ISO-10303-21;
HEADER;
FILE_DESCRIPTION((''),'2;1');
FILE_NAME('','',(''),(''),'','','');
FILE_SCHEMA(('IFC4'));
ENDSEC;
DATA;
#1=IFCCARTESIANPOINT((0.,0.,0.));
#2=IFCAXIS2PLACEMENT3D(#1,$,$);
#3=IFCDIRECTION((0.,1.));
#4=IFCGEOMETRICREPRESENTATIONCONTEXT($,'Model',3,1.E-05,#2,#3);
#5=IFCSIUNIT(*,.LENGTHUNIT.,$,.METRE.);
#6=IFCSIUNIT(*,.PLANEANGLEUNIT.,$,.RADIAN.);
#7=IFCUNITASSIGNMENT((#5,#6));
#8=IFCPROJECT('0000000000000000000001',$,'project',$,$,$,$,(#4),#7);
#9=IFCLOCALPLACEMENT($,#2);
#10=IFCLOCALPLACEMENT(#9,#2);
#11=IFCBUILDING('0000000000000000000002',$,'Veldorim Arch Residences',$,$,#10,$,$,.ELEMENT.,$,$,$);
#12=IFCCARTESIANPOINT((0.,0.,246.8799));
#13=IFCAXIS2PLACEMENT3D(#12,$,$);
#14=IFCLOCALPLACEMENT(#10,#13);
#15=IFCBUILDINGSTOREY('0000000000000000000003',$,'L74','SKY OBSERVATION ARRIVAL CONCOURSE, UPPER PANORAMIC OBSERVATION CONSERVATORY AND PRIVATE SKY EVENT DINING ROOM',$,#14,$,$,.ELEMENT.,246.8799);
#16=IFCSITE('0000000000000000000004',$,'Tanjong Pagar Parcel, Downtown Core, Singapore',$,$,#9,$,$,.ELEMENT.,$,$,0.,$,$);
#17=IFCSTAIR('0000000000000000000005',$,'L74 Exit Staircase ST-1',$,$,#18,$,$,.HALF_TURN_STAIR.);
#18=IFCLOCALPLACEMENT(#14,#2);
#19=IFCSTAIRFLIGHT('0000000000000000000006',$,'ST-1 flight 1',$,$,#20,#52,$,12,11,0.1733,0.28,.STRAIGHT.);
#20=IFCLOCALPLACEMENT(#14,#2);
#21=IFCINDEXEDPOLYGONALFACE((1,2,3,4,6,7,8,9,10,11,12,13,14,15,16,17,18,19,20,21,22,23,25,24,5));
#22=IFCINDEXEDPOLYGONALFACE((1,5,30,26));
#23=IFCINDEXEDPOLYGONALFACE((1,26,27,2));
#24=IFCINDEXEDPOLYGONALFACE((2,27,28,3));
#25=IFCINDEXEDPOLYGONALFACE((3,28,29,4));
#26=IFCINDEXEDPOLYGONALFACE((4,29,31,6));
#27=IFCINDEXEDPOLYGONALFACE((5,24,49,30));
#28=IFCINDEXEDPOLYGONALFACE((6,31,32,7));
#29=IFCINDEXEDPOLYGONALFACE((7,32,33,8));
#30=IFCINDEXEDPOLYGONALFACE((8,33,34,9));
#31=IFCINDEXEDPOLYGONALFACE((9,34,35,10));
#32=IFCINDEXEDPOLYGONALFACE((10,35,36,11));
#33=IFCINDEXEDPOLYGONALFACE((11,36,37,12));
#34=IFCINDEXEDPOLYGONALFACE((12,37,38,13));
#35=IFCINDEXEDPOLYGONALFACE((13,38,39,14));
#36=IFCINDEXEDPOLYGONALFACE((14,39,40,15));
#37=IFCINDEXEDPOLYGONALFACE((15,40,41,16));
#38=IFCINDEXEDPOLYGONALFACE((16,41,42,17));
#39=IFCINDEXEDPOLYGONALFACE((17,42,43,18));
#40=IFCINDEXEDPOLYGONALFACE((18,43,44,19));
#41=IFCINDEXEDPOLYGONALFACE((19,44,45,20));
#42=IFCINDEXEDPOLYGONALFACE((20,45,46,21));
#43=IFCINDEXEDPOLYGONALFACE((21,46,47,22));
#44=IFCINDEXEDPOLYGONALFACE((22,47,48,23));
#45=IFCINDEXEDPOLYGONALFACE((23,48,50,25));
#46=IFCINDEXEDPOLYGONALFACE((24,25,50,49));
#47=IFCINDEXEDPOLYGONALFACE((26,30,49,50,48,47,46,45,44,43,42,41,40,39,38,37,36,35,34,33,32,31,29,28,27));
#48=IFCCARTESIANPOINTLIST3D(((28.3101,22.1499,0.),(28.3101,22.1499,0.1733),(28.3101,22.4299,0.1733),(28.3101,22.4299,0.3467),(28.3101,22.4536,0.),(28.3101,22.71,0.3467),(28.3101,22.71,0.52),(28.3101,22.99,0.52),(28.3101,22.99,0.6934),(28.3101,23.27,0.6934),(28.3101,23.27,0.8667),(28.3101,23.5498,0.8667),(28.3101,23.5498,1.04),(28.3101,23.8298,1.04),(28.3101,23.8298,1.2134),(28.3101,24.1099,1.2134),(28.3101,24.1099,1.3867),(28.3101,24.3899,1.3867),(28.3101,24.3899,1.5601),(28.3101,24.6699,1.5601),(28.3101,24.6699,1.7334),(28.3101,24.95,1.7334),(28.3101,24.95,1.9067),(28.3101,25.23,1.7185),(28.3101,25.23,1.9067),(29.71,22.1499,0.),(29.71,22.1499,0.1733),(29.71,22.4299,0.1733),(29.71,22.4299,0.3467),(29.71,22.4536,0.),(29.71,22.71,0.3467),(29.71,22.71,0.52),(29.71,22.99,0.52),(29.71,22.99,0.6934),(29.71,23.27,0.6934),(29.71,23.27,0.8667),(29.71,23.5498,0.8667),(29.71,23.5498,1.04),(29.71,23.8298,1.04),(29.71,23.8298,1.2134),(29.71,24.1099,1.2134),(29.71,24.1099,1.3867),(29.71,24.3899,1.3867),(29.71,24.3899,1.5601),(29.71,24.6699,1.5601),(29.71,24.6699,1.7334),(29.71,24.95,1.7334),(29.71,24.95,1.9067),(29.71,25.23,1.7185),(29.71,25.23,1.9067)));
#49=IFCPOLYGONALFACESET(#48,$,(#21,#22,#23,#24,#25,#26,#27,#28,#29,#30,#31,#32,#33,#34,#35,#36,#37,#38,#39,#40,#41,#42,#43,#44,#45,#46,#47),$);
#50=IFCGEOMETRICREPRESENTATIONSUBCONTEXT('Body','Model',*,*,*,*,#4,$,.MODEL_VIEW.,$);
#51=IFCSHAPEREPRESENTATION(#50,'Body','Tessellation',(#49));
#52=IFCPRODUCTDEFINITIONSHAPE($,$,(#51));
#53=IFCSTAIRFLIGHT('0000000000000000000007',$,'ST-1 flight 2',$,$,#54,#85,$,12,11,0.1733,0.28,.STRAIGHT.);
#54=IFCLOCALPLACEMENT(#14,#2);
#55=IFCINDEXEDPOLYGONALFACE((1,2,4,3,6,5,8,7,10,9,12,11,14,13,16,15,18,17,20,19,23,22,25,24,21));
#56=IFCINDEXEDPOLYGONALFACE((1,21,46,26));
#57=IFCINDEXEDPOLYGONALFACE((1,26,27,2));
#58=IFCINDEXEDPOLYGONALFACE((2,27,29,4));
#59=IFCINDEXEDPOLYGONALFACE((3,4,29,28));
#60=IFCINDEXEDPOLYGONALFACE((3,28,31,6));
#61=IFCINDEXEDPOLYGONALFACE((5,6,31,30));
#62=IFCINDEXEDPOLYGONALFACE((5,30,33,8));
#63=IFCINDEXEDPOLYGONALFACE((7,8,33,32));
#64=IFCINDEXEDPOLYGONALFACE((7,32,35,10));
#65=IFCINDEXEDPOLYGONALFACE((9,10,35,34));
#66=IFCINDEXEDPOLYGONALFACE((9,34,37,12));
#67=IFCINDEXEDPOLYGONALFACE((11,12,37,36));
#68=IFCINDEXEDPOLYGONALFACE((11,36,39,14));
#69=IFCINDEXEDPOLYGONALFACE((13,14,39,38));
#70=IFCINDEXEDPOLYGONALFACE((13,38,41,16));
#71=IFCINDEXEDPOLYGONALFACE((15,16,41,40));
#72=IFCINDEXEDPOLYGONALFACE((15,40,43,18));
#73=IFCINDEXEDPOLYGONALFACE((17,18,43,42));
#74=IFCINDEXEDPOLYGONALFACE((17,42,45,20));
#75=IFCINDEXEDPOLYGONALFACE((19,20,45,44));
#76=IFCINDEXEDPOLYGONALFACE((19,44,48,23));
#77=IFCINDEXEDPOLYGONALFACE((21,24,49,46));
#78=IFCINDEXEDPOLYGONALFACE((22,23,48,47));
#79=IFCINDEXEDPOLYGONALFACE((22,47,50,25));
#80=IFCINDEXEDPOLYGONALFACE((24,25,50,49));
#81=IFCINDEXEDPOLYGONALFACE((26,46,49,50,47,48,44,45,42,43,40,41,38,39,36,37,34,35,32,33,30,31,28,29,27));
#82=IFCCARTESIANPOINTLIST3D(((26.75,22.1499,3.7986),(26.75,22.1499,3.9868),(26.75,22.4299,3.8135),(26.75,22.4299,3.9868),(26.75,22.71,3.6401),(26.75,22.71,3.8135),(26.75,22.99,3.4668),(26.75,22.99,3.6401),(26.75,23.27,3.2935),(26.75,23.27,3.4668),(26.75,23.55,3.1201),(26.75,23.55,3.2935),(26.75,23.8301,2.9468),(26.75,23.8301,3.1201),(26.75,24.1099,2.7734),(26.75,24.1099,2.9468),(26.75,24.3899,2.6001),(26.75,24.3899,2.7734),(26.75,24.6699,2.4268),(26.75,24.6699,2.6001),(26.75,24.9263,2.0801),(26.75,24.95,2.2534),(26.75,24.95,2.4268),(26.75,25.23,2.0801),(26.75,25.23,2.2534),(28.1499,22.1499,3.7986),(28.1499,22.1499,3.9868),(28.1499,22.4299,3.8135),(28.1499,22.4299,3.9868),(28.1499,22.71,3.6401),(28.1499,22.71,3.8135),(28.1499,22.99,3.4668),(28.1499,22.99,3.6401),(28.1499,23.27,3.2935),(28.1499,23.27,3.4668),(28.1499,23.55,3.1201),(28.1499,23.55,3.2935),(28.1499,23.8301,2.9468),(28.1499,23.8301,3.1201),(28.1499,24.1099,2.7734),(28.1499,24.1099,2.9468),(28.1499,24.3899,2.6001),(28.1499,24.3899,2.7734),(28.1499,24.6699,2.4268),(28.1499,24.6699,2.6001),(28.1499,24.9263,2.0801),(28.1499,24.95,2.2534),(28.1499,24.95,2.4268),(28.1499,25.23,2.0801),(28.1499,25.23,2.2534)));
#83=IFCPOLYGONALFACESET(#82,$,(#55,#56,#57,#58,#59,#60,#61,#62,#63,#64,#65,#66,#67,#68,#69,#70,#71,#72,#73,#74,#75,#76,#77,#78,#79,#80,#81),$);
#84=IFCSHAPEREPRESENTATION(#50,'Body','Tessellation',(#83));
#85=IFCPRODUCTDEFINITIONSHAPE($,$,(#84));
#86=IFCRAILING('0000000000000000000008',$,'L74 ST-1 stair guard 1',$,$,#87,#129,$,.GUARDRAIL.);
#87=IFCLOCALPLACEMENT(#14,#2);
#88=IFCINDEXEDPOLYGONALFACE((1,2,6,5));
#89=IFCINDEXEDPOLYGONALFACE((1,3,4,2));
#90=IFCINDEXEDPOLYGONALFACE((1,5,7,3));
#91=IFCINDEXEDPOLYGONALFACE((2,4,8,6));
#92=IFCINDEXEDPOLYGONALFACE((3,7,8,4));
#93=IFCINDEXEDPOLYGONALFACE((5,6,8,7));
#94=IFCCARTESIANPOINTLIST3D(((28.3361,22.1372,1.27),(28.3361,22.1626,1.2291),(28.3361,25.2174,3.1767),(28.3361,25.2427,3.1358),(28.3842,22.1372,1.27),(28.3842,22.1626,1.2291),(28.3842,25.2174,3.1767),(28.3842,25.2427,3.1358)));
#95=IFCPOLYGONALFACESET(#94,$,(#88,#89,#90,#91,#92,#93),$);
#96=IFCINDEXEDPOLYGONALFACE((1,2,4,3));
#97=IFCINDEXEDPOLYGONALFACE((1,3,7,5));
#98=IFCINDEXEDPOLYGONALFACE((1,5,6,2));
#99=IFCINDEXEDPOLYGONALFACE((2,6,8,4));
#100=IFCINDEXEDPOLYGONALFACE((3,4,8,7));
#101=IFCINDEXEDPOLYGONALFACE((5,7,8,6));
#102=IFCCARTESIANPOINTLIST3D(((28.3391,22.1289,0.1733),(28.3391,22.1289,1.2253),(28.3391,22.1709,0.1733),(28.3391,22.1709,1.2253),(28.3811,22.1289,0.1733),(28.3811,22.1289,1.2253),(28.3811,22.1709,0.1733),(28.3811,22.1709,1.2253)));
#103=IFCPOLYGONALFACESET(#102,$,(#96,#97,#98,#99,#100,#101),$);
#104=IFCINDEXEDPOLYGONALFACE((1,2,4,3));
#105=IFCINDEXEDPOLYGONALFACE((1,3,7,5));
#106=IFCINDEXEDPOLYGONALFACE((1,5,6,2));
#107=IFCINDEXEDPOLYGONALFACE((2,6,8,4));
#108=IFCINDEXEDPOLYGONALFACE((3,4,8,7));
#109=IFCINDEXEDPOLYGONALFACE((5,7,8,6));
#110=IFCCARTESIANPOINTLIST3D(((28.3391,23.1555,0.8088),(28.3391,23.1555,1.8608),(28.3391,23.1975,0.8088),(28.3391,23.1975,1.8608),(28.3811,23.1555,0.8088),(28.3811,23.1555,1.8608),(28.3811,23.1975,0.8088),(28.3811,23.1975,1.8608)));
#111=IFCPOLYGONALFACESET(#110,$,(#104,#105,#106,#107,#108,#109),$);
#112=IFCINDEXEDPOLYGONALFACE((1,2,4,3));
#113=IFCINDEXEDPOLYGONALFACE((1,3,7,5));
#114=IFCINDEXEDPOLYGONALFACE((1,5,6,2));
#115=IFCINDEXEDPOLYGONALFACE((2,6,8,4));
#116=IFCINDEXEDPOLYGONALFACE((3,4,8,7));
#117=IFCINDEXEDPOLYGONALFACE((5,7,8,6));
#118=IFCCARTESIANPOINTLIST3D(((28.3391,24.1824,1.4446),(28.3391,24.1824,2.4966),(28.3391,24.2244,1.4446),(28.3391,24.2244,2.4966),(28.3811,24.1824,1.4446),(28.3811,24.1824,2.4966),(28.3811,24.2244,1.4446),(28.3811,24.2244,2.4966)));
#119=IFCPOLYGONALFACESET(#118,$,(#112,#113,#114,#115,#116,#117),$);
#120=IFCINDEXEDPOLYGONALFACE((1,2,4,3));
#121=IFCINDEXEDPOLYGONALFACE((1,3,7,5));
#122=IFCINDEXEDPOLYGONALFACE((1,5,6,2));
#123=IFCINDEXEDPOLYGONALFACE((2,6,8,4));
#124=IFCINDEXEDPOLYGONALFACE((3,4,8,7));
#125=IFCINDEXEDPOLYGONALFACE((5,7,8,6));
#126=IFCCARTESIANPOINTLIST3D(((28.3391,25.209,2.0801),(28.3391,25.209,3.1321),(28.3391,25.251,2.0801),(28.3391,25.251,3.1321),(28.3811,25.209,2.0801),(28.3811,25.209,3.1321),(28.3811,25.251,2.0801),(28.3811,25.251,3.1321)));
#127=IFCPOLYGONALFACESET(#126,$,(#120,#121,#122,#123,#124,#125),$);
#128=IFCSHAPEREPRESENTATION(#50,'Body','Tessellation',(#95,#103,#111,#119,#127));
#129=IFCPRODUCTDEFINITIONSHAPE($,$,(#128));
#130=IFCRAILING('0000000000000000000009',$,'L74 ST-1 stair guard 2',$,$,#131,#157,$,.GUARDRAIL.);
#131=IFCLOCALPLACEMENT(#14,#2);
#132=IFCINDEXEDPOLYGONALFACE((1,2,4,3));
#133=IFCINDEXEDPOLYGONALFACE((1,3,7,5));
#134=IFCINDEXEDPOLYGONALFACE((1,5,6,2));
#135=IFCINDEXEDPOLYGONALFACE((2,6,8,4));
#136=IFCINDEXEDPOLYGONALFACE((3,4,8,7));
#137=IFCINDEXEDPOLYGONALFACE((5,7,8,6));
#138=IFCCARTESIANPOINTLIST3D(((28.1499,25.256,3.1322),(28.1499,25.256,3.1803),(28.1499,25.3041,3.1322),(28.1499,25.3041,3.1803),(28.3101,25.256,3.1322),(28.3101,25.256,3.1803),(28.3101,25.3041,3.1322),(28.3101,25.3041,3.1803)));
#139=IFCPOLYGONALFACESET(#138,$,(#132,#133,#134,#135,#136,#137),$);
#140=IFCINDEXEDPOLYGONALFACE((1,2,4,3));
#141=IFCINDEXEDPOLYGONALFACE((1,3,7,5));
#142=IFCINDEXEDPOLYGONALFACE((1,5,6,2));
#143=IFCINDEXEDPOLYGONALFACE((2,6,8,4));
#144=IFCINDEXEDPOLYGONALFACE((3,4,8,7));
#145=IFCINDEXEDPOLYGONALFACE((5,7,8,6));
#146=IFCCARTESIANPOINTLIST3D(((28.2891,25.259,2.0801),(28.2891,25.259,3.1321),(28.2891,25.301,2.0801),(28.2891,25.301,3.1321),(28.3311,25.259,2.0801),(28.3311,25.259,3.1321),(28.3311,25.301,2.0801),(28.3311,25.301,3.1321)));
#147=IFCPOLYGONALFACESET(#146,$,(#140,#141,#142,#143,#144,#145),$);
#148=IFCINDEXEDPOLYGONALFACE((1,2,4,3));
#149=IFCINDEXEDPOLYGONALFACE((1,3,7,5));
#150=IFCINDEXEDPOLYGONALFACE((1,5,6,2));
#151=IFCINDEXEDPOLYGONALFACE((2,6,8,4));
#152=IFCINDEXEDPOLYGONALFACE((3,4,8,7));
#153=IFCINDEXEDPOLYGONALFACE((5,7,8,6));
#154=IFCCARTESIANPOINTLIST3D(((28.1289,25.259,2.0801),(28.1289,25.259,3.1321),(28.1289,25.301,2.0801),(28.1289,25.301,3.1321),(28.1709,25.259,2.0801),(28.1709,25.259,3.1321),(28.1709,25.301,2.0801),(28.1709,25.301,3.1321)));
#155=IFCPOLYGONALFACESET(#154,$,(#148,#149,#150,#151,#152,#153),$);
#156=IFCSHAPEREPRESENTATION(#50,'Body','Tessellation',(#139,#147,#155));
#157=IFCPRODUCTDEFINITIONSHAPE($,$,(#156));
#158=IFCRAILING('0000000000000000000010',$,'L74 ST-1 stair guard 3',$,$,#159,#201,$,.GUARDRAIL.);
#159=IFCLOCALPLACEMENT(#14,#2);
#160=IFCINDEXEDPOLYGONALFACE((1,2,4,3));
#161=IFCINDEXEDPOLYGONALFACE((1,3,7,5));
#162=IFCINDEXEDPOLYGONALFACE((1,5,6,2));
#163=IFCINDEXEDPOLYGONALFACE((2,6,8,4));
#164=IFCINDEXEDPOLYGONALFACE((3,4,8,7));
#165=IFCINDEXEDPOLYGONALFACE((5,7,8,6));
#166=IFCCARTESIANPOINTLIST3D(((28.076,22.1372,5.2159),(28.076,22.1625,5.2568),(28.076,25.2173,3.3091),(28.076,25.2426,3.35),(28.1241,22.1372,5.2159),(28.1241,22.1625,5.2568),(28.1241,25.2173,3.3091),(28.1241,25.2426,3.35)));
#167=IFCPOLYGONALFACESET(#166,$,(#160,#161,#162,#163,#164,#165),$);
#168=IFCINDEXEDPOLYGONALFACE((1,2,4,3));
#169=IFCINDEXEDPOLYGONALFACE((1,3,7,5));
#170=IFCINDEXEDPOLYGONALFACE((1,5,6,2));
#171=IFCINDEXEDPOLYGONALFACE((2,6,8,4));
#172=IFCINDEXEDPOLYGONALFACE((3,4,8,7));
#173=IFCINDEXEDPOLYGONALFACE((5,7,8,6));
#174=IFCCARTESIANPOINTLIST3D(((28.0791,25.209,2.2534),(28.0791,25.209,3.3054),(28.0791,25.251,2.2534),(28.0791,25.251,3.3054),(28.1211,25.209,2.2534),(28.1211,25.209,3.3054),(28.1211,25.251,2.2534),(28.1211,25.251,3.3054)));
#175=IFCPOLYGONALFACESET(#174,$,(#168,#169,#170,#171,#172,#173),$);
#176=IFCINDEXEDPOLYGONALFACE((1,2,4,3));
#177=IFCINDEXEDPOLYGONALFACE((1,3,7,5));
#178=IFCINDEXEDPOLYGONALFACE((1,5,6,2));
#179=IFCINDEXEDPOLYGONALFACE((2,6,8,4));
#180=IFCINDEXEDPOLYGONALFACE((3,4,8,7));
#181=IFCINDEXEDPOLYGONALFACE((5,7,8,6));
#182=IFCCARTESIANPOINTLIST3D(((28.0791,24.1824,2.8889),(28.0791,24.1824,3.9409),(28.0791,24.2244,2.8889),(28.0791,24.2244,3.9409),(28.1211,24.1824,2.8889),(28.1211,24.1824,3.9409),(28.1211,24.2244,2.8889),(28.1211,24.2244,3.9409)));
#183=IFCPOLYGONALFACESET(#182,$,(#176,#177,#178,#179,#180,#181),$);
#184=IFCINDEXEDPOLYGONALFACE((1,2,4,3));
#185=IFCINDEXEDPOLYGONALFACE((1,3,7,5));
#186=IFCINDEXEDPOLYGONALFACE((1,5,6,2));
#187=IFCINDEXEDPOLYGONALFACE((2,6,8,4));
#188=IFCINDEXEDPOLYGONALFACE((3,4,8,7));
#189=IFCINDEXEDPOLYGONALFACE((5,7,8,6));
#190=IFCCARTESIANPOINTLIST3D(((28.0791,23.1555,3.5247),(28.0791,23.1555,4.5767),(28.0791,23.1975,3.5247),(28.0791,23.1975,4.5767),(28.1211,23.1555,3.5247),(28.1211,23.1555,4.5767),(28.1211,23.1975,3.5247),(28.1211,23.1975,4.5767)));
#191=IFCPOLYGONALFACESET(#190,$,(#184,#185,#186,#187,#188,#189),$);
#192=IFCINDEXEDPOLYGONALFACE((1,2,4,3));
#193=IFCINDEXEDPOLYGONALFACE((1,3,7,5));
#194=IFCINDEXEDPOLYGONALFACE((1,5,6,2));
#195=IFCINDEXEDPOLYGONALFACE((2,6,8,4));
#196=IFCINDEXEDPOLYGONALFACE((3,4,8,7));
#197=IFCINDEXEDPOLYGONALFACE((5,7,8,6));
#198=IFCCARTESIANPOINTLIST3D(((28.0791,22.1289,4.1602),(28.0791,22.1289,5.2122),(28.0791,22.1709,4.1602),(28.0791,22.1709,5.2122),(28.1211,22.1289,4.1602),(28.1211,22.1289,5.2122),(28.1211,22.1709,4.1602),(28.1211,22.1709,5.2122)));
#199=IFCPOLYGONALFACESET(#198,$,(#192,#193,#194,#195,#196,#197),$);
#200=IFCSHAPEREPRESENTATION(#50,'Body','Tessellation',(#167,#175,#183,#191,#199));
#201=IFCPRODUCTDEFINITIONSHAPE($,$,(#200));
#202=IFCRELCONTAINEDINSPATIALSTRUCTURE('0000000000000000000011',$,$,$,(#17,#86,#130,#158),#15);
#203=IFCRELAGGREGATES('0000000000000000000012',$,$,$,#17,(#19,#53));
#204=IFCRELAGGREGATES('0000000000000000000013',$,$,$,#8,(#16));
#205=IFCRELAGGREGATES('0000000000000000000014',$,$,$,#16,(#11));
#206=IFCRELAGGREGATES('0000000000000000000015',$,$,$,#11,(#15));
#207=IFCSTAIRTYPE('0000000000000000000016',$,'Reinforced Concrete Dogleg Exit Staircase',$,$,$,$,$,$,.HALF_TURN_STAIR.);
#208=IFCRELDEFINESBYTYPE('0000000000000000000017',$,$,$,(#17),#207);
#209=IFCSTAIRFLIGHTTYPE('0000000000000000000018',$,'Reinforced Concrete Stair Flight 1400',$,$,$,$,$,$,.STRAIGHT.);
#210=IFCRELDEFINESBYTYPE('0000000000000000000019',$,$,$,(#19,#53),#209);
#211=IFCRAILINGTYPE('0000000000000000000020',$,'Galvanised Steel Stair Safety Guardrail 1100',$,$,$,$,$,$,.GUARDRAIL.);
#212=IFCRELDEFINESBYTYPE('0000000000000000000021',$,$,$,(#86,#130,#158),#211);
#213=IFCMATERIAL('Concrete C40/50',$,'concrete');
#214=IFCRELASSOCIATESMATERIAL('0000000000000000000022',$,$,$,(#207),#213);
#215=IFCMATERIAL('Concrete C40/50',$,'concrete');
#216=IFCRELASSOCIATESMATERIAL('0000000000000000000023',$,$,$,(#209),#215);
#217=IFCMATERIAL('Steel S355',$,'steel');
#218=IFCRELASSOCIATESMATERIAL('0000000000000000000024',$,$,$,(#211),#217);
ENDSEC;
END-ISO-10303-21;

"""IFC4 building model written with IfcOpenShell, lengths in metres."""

from ifc_helpers import new_model, si_unit, direction, frame, origin, origin_2d, place, context, subcontext, project, spatial, polyline, rectangle, outline, extrude, material, type_object, element, aggregate, save


model = new_model("IFC4")

# Units and contexts
model_context = context("Model", 3, precision=1e-05, world=origin(), true_north=direction((0.0, 1.0)))
body_context = subcontext(model_context, "Body", "Model", "MODEL_VIEW")
ifc_project = project(units=[si_unit("LENGTHUNIT", "METRE"), si_unit("PLANEANGLEUNIT", "RADIAN")], contexts=[model_context])

# Site, building, storey
site_placement = place(None, origin())
site = spatial("IfcSite", under=ifc_project, at=site_placement, Name="Tanjong Pagar Parcel, Downtown Core, Singapore", CompositionType="ELEMENT", RefElevation=0.0)
building_placement = place(site_placement, origin())
building = spatial("IfcBuilding", under=site, at=building_placement, Name="Veldorim Arch Residences", CompositionType="ELEMENT")
storey_placement = place(building_placement, frame((0.0, 0.0, 246.8799)))
storey = spatial("IfcBuildingStorey", under=building, at=storey_placement, Name="L74", Description="SKY OBSERVATION ARRIVAL CONCOURSE, UPPER PANORAMIC OBSERVATION CONSERVATORY AND PRIVATE SKY EVENT DINING ROOM", CompositionType="ELEMENT", Elevation=246.8799)

# Stair, stair flights
ifc_material_1 = material(Name="Concrete C40/50", Category="concrete")
stair_type = type_object("IfcStairType", Name="Reinforced Concrete Dogleg Exit Staircase", PredefinedType="HALF_TURN_STAIR", material=ifc_material_1)
stair_placement = place(storey_placement, origin())
stair = element("IfcStair", 1, at=stair_placement, inside=storey, type_object=stair_type, Name="L74 Exit Staircase ST-1", PredefinedType="HALF_TURN_STAIR")
ifc_material_2 = material(Name="Concrete C40/50", Category="concrete")
stair_flight_type = type_object("IfcStairFlightType", Name="Reinforced Concrete Stair Flight 1400", PredefinedType="STRAIGHT", material=ifc_material_2)
stair_flight_1_placement = place(storey_placement, frame((29.01, 22.1499, 0.0), z_axis=(0.0, 0.0, 1.0), x_axis=(0.0, 1.0, 0.0)))
stair_flight_1 = element("IfcStairFlight", 2, at=stair_flight_1_placement, type_object=stair_flight_type, Name="ST-1 flight 1", NumberOfRisers=12, NumberOfTreads=11, PredefinedType="STRAIGHT", RiserHeight=0.1733, TreadLength=0.28, context=body_context, shape_type="SweptSolid", body=[
    extrude(outline(polyline([(0.0, 0.0), (0.0, 0.1733), (0.28, 0.1733), (0.28, 0.3467), (0.5601, 0.3467), (0.5601, 0.52), (0.8401, 0.52), (0.8401, 0.6934), (1.1201, 0.6934), (1.1201, 0.8667), (1.3999, 0.8667), (1.3999, 1.04), (1.6799, 1.04), (1.6799, 1.2134), (1.96, 1.2134), (1.96, 1.3867), (2.24, 1.3867), (2.24, 1.5601), (2.52, 1.5601), (2.52, 1.7334), (2.8, 1.7334), (2.8, 1.9067), (3.0801, 1.9067), (3.0801, 2.0801), (3.0801, 1.7185), (0.3037, 0.0), (0.0, 0.0)])), frame((0.0, 0.7, 0.0), z_axis=(0.0, -1.0, 0.0), x_axis=(1.0, 0.0, 0.0)), (0.0, 0.0, 1.0), 1.3999),
])
stair_flight_2_placement = place(storey_placement, frame((27.45, 25.23, 2.0801), z_axis=(0.0, 0.0, 1.0), x_axis=(0.0, -1.0, 0.0)))
stair_flight_2 = element("IfcStairFlight", 3, at=stair_flight_2_placement, type_object=stair_flight_type, Name="ST-1 flight 2", NumberOfRisers=12, NumberOfTreads=11, PredefinedType="STRAIGHT", RiserHeight=0.1733, TreadLength=0.28, context=body_context, shape_type="SweptSolid", body=[
    extrude(outline(polyline([(0.0, 0.0), (0.0, 0.1733), (0.28, 0.1733), (0.28, 0.3467), (0.5601, 0.3467), (0.5601, 0.52), (0.8401, 0.52), (0.8401, 0.6934), (1.1201, 0.6934), (1.1201, 0.8667), (1.3999, 0.8667), (1.3999, 1.04), (1.6799, 1.04), (1.6799, 1.2134), (1.96, 1.2134), (1.96, 1.3867), (2.24, 1.3867), (2.24, 1.5601), (2.52, 1.5601), (2.52, 1.7334), (2.8, 1.7334), (2.8, 1.9067), (3.0801, 1.9067), (3.0801, 2.0801), (3.0801, 1.7185), (0.3037, 0.0), (0.0, 0.0)])), frame((0.0, 0.7, 0.0), z_axis=(0.0, -1.0, 0.0), x_axis=(1.0, 0.0, 0.0)), (0.0, 0.0, 1.0), 1.3999),
])
aggregate(stair, [stair_flight_1, stair_flight_2])

# Railings
ifc_material_3 = material(Name="Steel S355", Category="steel")
railing_type_1 = type_object("IfcRailingType", Name="Galvanised Steel Stair Safety Guardrail 1100", PredefinedType="GUARDRAIL", material=ifc_material_3)
railing_1_placement = place(storey_placement, frame((28.3601, 22.1499, 0.1733)))
element("IfcRailing", 4, at=railing_1_placement, inside=storey, type_object=railing_type_1, Name="L74 ST-1 stair guard 1", PredefinedType="GUARDRAIL", context=body_context, shape_type="SweptSolid", body=[
    extrude(rectangle(XDim=0.0481, YDim=0.0481, at=origin_2d()), frame((0.0, 0.0, 1.0762), z_axis=(0.0, 0.850262, 0.526359), x_axis=(-1.0, 0.0, 0.0)), (0.0, 0.0, 1.0), 3.6226),
    extrude(rectangle(XDim=0.042, YDim=0.042, at=origin_2d()), origin(), (0.0, 0.0, 1.0), 1.052),
    extrude(rectangle(XDim=0.042, YDim=0.042, at=origin_2d()), frame((0.0, 1.0266, 0.6355)), (0.0, 0.0, 1.0), 1.052),
    extrude(rectangle(XDim=0.042, YDim=0.042, at=origin_2d()), frame((0.0, 2.0535, 1.2712)), (0.0, 0.0, 1.0), 1.052),
    extrude(rectangle(XDim=0.042, YDim=0.042, at=origin_2d()), frame((0.0, 3.0801, 1.9067)), (0.0, 0.0, 1.0), 1.052),
])
railing_2_placement = place(storey_placement, frame((28.3101, 25.28, 2.0801)))
element("IfcRailing", 5, at=railing_2_placement, inside=storey, type_object=railing_type_1, Name="L74 ST-1 stair guard 2", PredefinedType="GUARDRAIL", context=body_context, shape_type="SweptSolid", body=[
    extrude(rectangle(XDim=0.0481, YDim=0.0481, at=origin_2d()), frame((0.0, 0.0, 1.0762), z_axis=(-1.0, 0.0, 0.0), x_axis=(0.0, -1.0, 0.0)), (0.0, 0.0, 1.0), 0.1602),
    extrude(rectangle(XDim=0.042, YDim=0.042, at=origin_2d()), origin(), (0.0, 0.0, 1.0), 1.052),
    extrude(rectangle(XDim=0.042, YDim=0.042, at=origin_2d()), frame((-0.1602, 0.0, 0.0)), (0.0, 0.0, 1.0), 1.052),
])
railing_3_placement = place(storey_placement, frame((28.1001, 25.23, 2.2534)))
element("IfcRailing", 6, at=railing_3_placement, inside=storey, type_object=railing_type_1, Name="L74 ST-1 stair guard 3", PredefinedType="GUARDRAIL", context=body_context, shape_type="SweptSolid", body=[
    extrude(rectangle(XDim=0.0481, YDim=0.0481, at=origin_2d()), frame((0.0, 0.0, 1.0762), z_axis=(0.0, -0.850262, 0.526359), x_axis=(1.0, 0.0, 0.0)), (0.0, 0.0, 1.0), 3.6226),
    extrude(rectangle(XDim=0.042, YDim=0.042, at=origin_2d()), origin(), (0.0, 0.0, 1.0), 1.052),
    extrude(rectangle(XDim=0.042, YDim=0.042, at=origin_2d()), frame((0.0, -1.0266, 0.6355)), (0.0, 0.0, 1.0), 1.052),
    extrude(rectangle(XDim=0.042, YDim=0.042, at=origin_2d()), frame((0.0, -2.0535, 1.2712)), (0.0, 0.0, 1.0), 1.052),
    extrude(rectangle(XDim=0.042, YDim=0.042, at=origin_2d()), frame((0.0, -3.0801, 1.9067)), (0.0, 0.0, 1.0), 1.052),
])

save(model, "model.ifc")
